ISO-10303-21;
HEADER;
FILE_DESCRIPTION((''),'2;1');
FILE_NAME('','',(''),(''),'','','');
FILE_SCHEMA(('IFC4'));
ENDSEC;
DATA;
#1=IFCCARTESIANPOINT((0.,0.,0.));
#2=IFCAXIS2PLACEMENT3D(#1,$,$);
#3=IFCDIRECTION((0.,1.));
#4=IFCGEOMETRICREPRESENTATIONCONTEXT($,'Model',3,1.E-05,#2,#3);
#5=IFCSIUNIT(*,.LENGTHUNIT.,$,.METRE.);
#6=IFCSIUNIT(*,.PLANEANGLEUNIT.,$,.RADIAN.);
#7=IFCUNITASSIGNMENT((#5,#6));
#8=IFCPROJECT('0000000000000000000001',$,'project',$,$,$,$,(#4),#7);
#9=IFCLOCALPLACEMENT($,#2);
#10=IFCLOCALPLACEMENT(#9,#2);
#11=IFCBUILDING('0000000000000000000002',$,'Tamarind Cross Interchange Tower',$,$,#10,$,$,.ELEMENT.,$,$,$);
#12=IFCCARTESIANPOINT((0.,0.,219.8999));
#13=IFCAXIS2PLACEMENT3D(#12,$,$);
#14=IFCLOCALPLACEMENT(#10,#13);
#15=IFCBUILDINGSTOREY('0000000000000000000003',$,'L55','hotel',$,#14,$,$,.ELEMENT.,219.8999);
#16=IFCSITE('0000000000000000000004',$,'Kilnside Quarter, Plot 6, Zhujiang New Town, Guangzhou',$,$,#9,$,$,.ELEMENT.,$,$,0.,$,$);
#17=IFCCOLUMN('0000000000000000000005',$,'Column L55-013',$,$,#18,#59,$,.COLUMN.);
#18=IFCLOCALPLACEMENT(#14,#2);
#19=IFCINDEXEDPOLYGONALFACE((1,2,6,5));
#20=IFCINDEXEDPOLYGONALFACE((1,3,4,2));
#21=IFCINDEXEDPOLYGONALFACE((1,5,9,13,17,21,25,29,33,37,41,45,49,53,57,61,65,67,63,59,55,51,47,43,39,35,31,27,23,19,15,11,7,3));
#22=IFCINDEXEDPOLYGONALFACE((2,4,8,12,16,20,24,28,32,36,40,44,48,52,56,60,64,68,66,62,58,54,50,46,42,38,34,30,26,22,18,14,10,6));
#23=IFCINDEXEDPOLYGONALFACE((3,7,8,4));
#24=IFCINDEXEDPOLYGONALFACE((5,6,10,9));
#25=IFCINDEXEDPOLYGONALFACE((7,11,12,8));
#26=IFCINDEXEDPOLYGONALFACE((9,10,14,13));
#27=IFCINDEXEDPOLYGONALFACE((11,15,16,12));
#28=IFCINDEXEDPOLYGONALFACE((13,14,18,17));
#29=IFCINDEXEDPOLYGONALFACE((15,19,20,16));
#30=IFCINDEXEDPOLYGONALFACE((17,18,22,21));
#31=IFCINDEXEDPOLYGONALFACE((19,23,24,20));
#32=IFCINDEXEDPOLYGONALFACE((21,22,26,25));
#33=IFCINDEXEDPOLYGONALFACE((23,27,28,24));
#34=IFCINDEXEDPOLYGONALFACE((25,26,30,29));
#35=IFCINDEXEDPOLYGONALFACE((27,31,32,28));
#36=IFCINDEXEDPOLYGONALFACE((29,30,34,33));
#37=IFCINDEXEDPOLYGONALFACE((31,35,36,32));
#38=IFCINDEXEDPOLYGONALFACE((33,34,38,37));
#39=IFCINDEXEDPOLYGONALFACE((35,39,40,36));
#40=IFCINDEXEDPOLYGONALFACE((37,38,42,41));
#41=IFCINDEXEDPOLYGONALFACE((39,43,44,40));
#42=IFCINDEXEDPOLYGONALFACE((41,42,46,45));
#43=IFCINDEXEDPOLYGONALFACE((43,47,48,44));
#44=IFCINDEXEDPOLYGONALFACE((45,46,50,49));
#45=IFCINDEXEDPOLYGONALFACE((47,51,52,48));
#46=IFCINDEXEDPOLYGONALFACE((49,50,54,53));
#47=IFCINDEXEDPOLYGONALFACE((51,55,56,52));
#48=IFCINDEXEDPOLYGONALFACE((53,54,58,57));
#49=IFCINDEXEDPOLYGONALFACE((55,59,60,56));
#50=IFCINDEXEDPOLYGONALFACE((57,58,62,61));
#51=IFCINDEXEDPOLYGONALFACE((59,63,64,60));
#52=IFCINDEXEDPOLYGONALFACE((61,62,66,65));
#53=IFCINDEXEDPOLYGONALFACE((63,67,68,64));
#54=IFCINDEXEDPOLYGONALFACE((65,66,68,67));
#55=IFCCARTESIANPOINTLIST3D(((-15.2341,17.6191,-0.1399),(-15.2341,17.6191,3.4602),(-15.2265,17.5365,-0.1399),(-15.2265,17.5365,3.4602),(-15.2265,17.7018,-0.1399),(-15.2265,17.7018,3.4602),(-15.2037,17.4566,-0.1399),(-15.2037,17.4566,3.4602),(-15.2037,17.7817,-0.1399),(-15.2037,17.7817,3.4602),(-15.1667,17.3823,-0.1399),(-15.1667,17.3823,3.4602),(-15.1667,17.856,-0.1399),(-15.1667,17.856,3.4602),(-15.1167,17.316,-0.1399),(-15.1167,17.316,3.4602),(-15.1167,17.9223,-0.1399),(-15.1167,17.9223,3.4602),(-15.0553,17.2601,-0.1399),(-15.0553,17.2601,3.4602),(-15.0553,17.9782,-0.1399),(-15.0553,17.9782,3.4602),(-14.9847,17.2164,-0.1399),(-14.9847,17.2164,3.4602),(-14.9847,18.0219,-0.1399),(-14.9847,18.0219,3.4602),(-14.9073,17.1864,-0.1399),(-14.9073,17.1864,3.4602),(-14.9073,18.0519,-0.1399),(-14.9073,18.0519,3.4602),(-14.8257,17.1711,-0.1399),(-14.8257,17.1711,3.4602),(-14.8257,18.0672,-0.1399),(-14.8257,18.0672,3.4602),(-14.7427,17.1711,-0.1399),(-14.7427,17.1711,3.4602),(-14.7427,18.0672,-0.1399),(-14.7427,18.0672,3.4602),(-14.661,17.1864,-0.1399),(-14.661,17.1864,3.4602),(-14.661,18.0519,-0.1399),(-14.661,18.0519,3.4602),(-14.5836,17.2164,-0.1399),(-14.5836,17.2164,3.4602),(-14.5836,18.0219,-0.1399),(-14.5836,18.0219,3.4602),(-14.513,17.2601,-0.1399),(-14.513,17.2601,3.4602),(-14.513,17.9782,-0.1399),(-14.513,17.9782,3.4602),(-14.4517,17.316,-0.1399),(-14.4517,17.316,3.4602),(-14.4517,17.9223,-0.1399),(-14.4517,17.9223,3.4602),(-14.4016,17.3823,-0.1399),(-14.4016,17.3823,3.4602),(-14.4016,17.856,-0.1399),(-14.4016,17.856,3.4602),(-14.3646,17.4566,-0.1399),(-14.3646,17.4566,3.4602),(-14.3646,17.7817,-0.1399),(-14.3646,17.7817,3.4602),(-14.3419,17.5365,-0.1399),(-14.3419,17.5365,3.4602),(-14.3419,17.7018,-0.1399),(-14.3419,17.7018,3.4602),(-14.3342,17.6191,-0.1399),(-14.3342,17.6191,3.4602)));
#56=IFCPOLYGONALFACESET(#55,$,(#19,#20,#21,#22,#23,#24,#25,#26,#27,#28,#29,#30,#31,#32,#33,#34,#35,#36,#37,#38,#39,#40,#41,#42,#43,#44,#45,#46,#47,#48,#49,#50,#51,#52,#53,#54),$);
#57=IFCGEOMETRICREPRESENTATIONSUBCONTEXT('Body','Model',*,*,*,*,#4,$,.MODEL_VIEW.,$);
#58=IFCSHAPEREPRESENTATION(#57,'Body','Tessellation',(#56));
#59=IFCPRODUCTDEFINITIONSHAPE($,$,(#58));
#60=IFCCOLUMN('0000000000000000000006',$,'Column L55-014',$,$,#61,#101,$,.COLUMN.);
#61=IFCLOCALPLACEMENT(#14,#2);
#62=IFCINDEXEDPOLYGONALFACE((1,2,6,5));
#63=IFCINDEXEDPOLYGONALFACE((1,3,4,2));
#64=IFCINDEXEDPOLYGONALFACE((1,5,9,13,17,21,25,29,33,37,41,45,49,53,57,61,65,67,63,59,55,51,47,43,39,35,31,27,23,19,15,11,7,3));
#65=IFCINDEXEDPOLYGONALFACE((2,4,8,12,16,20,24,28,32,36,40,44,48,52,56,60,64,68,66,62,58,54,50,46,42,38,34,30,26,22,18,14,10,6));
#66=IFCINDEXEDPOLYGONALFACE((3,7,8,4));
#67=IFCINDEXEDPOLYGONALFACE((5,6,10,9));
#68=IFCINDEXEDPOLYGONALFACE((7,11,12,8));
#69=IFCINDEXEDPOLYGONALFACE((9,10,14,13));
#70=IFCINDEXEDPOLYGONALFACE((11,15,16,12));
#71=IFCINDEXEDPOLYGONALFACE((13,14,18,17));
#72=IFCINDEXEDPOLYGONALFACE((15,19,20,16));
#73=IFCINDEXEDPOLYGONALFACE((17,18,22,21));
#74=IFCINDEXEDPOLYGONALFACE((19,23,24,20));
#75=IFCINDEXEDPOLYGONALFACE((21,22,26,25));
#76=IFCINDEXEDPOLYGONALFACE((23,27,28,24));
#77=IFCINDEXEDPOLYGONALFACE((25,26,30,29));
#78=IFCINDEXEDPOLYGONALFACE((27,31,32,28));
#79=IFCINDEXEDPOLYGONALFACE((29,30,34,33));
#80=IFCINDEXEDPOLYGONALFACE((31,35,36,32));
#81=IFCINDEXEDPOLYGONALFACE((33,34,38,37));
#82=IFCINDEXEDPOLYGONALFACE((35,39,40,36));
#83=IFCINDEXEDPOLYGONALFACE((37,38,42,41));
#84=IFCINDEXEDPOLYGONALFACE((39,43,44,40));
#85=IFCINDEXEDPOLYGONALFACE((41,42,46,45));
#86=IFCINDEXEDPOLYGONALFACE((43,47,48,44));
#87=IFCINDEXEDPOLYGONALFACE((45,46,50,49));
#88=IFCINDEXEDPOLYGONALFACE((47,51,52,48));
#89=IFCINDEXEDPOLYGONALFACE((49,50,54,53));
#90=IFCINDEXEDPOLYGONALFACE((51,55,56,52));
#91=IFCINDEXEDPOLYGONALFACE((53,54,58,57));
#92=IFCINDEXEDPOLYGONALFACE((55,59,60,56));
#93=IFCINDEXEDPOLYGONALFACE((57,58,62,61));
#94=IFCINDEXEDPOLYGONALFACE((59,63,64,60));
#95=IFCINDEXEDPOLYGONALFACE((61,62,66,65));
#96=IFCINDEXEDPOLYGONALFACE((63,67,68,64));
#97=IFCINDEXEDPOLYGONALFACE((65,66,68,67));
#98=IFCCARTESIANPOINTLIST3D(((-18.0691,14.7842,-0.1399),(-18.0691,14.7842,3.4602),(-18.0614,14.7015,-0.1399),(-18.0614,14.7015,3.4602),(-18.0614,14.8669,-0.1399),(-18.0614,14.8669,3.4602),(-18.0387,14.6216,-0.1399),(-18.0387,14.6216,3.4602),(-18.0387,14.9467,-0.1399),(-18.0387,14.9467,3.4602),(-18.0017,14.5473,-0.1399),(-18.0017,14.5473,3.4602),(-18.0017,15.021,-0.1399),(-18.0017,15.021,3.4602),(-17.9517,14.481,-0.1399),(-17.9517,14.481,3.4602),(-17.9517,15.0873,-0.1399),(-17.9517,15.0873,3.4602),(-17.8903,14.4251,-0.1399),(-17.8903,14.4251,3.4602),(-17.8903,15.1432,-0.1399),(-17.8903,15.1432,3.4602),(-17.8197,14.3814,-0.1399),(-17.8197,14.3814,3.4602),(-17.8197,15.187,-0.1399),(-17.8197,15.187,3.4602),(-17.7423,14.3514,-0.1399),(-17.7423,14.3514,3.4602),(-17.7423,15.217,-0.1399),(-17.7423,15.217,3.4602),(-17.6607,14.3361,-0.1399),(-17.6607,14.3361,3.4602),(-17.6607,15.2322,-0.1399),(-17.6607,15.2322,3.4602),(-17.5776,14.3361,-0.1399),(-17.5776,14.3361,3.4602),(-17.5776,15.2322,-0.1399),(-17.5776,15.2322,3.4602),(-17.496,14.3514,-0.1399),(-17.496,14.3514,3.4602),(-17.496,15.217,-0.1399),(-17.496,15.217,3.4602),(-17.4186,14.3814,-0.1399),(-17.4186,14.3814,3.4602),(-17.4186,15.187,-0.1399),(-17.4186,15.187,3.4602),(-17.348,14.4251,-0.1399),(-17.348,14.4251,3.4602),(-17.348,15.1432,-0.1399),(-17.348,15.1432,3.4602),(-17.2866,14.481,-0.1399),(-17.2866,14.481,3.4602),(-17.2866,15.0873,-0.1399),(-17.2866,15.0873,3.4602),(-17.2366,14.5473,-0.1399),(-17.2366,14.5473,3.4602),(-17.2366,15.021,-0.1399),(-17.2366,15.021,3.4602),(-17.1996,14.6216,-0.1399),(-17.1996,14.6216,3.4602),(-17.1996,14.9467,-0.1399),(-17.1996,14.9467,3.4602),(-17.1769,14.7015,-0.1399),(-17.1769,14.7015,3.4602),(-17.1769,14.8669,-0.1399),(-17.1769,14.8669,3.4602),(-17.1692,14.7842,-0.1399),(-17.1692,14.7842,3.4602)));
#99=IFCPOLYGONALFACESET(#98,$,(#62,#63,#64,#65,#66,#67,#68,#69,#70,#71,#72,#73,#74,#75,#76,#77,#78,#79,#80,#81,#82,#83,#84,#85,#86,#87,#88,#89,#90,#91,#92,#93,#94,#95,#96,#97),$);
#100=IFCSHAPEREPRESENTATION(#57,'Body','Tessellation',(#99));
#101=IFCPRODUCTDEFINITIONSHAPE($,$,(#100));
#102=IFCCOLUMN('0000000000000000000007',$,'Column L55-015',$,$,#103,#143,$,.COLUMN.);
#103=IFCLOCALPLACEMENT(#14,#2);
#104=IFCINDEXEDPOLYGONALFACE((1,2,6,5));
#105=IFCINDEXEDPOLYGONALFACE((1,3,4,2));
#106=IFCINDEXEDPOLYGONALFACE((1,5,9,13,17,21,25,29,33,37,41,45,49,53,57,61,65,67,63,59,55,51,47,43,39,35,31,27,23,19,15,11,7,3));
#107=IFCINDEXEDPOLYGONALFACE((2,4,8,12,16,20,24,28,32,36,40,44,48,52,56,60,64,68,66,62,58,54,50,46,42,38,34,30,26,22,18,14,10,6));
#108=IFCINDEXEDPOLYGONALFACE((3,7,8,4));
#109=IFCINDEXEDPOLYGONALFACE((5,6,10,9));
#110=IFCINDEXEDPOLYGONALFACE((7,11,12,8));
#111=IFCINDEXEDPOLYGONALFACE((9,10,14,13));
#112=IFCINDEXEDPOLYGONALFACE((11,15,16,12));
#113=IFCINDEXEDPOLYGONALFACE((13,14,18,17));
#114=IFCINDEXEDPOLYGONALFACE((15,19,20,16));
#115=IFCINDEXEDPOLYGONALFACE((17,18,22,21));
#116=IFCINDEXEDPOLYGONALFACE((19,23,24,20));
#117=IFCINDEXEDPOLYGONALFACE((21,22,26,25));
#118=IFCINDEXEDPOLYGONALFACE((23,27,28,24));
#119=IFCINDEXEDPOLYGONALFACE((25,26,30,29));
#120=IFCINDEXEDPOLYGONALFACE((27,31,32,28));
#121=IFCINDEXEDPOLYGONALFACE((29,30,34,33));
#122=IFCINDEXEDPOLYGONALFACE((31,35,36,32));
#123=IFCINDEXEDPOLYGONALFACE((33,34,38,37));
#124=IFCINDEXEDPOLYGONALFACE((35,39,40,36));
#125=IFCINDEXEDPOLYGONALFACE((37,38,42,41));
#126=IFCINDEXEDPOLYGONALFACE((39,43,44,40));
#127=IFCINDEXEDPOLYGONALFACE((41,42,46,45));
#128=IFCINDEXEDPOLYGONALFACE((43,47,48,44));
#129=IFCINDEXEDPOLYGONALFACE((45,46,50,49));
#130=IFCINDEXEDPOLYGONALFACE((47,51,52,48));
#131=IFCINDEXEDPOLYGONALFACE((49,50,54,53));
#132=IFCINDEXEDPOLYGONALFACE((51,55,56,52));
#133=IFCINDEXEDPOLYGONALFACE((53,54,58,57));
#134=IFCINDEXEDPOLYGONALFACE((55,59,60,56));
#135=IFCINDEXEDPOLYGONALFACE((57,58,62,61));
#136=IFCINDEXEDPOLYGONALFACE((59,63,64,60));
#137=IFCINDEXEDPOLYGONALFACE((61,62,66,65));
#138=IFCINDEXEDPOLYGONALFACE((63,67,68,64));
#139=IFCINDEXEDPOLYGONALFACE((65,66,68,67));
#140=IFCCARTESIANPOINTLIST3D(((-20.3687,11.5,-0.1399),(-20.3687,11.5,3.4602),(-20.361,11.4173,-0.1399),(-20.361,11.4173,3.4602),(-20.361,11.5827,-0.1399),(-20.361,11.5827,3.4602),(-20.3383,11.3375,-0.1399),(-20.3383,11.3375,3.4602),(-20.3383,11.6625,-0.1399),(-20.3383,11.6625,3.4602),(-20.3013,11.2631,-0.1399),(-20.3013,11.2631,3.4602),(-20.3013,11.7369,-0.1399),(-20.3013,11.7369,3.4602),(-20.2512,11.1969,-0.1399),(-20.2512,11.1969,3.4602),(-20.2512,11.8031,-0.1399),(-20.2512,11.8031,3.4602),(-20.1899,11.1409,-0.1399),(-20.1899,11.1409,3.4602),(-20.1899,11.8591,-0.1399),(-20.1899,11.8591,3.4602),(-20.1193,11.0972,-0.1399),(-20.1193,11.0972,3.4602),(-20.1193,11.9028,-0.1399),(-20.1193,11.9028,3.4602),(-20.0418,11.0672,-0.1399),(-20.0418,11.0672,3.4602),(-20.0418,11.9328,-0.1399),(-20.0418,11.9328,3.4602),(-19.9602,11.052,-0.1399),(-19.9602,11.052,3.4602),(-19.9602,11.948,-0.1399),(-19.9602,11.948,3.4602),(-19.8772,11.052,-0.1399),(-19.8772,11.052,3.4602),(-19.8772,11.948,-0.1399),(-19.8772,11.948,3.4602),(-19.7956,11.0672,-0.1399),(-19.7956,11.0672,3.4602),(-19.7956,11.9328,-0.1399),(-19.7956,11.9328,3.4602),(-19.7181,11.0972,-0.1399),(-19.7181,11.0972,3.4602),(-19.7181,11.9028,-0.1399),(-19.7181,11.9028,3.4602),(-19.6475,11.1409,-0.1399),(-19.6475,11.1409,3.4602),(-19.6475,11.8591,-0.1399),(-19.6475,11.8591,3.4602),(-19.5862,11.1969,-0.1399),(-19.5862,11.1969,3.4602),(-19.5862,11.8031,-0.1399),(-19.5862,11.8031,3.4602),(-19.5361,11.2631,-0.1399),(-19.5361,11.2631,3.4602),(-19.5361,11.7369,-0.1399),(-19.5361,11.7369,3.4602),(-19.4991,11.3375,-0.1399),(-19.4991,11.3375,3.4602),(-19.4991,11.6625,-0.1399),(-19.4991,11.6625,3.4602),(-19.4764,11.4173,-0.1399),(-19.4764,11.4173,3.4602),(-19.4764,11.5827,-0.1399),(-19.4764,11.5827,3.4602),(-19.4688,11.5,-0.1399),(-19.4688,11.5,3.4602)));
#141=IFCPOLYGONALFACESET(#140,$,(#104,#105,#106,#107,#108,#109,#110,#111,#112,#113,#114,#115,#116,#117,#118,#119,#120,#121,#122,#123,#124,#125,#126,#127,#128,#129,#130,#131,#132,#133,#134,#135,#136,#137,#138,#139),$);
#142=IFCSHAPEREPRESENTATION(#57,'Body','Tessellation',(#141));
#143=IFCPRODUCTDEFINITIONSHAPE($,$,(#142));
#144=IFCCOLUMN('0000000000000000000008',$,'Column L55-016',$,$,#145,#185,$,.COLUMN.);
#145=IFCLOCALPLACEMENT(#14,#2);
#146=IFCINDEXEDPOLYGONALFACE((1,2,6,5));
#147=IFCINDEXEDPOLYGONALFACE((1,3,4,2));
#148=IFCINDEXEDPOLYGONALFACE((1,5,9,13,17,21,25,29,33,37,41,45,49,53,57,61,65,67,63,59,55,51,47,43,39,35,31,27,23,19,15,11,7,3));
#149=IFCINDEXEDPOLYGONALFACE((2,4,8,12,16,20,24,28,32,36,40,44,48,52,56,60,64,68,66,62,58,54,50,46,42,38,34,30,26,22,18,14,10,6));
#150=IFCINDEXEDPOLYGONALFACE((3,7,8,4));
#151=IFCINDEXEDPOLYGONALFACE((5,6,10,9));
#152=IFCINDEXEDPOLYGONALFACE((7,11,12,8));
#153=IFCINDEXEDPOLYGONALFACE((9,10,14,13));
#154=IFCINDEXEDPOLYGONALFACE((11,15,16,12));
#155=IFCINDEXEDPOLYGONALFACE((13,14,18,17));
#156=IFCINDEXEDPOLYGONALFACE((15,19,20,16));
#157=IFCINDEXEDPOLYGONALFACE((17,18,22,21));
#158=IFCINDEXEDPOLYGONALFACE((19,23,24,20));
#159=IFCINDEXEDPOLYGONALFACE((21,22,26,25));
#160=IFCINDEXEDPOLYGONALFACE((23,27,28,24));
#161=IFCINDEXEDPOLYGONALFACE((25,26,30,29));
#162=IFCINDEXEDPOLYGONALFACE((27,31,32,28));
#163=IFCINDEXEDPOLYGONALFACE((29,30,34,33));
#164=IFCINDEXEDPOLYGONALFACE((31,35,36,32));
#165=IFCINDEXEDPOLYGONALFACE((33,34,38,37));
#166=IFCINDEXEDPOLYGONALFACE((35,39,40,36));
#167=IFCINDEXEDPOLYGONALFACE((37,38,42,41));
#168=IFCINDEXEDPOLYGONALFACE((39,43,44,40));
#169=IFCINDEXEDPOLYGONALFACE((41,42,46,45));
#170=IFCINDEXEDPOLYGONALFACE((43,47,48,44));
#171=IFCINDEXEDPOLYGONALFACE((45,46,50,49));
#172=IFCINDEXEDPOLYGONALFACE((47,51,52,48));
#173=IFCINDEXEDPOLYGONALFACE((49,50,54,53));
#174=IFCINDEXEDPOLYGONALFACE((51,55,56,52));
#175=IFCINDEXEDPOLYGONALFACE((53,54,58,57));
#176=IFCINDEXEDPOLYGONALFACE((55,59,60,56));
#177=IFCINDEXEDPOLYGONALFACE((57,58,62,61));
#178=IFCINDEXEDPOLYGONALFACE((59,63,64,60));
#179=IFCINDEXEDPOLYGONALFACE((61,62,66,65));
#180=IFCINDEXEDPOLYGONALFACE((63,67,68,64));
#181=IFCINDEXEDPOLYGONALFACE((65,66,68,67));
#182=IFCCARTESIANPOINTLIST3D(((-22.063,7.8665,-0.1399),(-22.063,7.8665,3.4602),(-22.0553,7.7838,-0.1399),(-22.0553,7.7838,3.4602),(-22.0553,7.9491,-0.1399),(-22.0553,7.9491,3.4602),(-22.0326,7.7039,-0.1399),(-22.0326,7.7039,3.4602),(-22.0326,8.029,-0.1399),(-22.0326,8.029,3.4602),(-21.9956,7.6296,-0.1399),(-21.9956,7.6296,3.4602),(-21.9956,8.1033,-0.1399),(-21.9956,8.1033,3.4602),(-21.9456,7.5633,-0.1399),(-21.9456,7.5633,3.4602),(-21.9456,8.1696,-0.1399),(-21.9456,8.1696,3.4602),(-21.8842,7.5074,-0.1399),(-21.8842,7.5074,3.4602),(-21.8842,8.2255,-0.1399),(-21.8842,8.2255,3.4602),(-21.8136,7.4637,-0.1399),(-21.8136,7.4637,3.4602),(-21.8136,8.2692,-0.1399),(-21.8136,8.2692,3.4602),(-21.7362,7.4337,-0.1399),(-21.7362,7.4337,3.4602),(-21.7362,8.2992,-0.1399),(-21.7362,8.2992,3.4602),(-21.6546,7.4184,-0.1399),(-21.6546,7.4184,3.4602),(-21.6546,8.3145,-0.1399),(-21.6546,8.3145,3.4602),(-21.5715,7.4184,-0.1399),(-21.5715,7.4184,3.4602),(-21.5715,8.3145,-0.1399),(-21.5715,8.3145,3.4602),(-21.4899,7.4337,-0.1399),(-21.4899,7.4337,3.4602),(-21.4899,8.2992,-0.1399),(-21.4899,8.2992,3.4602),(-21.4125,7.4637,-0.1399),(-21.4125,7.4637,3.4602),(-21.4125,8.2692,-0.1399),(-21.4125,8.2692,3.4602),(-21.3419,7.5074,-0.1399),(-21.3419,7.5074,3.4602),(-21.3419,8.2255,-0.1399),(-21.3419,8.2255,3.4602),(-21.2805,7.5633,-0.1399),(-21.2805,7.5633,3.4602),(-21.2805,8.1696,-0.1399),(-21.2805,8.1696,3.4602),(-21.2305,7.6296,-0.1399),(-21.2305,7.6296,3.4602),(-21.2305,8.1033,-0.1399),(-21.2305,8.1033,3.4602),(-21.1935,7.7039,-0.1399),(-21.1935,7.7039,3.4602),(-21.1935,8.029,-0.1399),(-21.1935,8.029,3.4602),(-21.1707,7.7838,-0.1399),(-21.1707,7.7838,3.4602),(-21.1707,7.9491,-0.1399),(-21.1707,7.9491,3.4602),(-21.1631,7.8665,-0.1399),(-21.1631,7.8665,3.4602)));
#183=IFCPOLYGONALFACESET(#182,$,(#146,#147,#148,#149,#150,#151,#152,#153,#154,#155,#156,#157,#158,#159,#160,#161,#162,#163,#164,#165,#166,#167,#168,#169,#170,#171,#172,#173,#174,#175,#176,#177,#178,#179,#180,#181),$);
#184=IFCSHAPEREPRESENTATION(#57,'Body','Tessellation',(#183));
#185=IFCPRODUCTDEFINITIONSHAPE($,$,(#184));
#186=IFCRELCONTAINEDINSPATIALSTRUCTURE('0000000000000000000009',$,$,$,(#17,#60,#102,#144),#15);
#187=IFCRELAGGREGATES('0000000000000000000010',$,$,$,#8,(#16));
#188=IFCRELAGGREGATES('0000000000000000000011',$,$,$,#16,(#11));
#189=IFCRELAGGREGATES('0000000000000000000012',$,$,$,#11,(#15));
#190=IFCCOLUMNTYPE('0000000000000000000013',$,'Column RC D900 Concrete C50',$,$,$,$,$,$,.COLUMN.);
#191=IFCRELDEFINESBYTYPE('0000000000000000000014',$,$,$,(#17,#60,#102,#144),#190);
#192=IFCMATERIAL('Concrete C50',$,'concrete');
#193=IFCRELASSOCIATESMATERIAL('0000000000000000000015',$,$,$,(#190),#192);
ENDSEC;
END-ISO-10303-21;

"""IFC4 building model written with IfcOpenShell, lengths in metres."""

from ifc_helpers import new_model, si_unit, direction, frame, origin, origin_2d, place, context, subcontext, project, spatial, circle, extrude, material, material_profile, profile_set, type_object, element, save


model = new_model("IFC4")

# Units and contexts
model_context = context("Model", 3, precision=1e-05, world=origin(), true_north=direction((0.0, 1.0)))
body_context = subcontext(model_context, "Body", "Model", "MODEL_VIEW")
ifc_project = project(units=[si_unit("LENGTHUNIT", "METRE"), si_unit("PLANEANGLEUNIT", "RADIAN")], contexts=[model_context])

# Site, building, storey
site_placement = place(None, origin())
site = spatial("IfcSite", under=ifc_project, at=site_placement, Name="Kilnside Quarter, Plot 6, Zhujiang New Town, Guangzhou", CompositionType="ELEMENT", RefElevation=0.0)
building_placement = place(site_placement, origin())
building = spatial("IfcBuilding", under=site, at=building_placement, Name="Tamarind Cross Interchange Tower", CompositionType="ELEMENT")
storey_placement = place(building_placement, frame((0.0, 0.0, 219.8999)))
storey = spatial("IfcBuildingStorey", under=building, at=storey_placement, Name="L55", Description="hotel", CompositionType="ELEMENT", Elevation=219.8999)

# Columns
ifc_material_1 = material(Name="Concrete C50", Category="concrete")
ifc_material_profile_1 = material_profile(ifc_material_1, circle(Radius=0.45, at=origin_2d()), Name="RC D900")
ifc_profile_set_1 = profile_set([ifc_material_profile_1], Name="Concrete C50")
column_type = type_object("IfcColumnType", Name="Column RC D900 Concrete C50", PredefinedType="COLUMN", material=ifc_profile_set_1)
for number, where, z_axis, x_axis, name in (
    (1, (-14.7842, 17.6191, -0.1399), (0.0, 0.0, 1.0), (1.0, 0.0, 0.0), "Column L55-013"),
    (2, (-17.6191, 14.7842, -0.1399), (0.0, 0.0, 1.0), (1.0, 0.0, 0.0), "Column L55-014"),
    (3, (-19.9187, 11.5, -0.1399), (0.0, 0.0, 1.0), (1.0, 0.0, 0.0), "Column L55-015"),
    (4, (-21.613, 7.8665, -0.1399), (0.0, 0.0, 1.0), (1.0, 0.0, 0.0), "Column L55-016"),
):
    element("IfcColumn", number, at=place(storey_placement, frame(where, z_axis=z_axis, x_axis=x_axis)), inside=storey, type_object=column_type, Name=name, PredefinedType="COLUMN", context=body_context, shape_type="SweptSolid", body=[
        extrude(circle(Radius=0.45, at=origin_2d()), origin(), (0.0, 0.0, 1.0), 3.6001),
    ])

save(model, "model.ifc")
